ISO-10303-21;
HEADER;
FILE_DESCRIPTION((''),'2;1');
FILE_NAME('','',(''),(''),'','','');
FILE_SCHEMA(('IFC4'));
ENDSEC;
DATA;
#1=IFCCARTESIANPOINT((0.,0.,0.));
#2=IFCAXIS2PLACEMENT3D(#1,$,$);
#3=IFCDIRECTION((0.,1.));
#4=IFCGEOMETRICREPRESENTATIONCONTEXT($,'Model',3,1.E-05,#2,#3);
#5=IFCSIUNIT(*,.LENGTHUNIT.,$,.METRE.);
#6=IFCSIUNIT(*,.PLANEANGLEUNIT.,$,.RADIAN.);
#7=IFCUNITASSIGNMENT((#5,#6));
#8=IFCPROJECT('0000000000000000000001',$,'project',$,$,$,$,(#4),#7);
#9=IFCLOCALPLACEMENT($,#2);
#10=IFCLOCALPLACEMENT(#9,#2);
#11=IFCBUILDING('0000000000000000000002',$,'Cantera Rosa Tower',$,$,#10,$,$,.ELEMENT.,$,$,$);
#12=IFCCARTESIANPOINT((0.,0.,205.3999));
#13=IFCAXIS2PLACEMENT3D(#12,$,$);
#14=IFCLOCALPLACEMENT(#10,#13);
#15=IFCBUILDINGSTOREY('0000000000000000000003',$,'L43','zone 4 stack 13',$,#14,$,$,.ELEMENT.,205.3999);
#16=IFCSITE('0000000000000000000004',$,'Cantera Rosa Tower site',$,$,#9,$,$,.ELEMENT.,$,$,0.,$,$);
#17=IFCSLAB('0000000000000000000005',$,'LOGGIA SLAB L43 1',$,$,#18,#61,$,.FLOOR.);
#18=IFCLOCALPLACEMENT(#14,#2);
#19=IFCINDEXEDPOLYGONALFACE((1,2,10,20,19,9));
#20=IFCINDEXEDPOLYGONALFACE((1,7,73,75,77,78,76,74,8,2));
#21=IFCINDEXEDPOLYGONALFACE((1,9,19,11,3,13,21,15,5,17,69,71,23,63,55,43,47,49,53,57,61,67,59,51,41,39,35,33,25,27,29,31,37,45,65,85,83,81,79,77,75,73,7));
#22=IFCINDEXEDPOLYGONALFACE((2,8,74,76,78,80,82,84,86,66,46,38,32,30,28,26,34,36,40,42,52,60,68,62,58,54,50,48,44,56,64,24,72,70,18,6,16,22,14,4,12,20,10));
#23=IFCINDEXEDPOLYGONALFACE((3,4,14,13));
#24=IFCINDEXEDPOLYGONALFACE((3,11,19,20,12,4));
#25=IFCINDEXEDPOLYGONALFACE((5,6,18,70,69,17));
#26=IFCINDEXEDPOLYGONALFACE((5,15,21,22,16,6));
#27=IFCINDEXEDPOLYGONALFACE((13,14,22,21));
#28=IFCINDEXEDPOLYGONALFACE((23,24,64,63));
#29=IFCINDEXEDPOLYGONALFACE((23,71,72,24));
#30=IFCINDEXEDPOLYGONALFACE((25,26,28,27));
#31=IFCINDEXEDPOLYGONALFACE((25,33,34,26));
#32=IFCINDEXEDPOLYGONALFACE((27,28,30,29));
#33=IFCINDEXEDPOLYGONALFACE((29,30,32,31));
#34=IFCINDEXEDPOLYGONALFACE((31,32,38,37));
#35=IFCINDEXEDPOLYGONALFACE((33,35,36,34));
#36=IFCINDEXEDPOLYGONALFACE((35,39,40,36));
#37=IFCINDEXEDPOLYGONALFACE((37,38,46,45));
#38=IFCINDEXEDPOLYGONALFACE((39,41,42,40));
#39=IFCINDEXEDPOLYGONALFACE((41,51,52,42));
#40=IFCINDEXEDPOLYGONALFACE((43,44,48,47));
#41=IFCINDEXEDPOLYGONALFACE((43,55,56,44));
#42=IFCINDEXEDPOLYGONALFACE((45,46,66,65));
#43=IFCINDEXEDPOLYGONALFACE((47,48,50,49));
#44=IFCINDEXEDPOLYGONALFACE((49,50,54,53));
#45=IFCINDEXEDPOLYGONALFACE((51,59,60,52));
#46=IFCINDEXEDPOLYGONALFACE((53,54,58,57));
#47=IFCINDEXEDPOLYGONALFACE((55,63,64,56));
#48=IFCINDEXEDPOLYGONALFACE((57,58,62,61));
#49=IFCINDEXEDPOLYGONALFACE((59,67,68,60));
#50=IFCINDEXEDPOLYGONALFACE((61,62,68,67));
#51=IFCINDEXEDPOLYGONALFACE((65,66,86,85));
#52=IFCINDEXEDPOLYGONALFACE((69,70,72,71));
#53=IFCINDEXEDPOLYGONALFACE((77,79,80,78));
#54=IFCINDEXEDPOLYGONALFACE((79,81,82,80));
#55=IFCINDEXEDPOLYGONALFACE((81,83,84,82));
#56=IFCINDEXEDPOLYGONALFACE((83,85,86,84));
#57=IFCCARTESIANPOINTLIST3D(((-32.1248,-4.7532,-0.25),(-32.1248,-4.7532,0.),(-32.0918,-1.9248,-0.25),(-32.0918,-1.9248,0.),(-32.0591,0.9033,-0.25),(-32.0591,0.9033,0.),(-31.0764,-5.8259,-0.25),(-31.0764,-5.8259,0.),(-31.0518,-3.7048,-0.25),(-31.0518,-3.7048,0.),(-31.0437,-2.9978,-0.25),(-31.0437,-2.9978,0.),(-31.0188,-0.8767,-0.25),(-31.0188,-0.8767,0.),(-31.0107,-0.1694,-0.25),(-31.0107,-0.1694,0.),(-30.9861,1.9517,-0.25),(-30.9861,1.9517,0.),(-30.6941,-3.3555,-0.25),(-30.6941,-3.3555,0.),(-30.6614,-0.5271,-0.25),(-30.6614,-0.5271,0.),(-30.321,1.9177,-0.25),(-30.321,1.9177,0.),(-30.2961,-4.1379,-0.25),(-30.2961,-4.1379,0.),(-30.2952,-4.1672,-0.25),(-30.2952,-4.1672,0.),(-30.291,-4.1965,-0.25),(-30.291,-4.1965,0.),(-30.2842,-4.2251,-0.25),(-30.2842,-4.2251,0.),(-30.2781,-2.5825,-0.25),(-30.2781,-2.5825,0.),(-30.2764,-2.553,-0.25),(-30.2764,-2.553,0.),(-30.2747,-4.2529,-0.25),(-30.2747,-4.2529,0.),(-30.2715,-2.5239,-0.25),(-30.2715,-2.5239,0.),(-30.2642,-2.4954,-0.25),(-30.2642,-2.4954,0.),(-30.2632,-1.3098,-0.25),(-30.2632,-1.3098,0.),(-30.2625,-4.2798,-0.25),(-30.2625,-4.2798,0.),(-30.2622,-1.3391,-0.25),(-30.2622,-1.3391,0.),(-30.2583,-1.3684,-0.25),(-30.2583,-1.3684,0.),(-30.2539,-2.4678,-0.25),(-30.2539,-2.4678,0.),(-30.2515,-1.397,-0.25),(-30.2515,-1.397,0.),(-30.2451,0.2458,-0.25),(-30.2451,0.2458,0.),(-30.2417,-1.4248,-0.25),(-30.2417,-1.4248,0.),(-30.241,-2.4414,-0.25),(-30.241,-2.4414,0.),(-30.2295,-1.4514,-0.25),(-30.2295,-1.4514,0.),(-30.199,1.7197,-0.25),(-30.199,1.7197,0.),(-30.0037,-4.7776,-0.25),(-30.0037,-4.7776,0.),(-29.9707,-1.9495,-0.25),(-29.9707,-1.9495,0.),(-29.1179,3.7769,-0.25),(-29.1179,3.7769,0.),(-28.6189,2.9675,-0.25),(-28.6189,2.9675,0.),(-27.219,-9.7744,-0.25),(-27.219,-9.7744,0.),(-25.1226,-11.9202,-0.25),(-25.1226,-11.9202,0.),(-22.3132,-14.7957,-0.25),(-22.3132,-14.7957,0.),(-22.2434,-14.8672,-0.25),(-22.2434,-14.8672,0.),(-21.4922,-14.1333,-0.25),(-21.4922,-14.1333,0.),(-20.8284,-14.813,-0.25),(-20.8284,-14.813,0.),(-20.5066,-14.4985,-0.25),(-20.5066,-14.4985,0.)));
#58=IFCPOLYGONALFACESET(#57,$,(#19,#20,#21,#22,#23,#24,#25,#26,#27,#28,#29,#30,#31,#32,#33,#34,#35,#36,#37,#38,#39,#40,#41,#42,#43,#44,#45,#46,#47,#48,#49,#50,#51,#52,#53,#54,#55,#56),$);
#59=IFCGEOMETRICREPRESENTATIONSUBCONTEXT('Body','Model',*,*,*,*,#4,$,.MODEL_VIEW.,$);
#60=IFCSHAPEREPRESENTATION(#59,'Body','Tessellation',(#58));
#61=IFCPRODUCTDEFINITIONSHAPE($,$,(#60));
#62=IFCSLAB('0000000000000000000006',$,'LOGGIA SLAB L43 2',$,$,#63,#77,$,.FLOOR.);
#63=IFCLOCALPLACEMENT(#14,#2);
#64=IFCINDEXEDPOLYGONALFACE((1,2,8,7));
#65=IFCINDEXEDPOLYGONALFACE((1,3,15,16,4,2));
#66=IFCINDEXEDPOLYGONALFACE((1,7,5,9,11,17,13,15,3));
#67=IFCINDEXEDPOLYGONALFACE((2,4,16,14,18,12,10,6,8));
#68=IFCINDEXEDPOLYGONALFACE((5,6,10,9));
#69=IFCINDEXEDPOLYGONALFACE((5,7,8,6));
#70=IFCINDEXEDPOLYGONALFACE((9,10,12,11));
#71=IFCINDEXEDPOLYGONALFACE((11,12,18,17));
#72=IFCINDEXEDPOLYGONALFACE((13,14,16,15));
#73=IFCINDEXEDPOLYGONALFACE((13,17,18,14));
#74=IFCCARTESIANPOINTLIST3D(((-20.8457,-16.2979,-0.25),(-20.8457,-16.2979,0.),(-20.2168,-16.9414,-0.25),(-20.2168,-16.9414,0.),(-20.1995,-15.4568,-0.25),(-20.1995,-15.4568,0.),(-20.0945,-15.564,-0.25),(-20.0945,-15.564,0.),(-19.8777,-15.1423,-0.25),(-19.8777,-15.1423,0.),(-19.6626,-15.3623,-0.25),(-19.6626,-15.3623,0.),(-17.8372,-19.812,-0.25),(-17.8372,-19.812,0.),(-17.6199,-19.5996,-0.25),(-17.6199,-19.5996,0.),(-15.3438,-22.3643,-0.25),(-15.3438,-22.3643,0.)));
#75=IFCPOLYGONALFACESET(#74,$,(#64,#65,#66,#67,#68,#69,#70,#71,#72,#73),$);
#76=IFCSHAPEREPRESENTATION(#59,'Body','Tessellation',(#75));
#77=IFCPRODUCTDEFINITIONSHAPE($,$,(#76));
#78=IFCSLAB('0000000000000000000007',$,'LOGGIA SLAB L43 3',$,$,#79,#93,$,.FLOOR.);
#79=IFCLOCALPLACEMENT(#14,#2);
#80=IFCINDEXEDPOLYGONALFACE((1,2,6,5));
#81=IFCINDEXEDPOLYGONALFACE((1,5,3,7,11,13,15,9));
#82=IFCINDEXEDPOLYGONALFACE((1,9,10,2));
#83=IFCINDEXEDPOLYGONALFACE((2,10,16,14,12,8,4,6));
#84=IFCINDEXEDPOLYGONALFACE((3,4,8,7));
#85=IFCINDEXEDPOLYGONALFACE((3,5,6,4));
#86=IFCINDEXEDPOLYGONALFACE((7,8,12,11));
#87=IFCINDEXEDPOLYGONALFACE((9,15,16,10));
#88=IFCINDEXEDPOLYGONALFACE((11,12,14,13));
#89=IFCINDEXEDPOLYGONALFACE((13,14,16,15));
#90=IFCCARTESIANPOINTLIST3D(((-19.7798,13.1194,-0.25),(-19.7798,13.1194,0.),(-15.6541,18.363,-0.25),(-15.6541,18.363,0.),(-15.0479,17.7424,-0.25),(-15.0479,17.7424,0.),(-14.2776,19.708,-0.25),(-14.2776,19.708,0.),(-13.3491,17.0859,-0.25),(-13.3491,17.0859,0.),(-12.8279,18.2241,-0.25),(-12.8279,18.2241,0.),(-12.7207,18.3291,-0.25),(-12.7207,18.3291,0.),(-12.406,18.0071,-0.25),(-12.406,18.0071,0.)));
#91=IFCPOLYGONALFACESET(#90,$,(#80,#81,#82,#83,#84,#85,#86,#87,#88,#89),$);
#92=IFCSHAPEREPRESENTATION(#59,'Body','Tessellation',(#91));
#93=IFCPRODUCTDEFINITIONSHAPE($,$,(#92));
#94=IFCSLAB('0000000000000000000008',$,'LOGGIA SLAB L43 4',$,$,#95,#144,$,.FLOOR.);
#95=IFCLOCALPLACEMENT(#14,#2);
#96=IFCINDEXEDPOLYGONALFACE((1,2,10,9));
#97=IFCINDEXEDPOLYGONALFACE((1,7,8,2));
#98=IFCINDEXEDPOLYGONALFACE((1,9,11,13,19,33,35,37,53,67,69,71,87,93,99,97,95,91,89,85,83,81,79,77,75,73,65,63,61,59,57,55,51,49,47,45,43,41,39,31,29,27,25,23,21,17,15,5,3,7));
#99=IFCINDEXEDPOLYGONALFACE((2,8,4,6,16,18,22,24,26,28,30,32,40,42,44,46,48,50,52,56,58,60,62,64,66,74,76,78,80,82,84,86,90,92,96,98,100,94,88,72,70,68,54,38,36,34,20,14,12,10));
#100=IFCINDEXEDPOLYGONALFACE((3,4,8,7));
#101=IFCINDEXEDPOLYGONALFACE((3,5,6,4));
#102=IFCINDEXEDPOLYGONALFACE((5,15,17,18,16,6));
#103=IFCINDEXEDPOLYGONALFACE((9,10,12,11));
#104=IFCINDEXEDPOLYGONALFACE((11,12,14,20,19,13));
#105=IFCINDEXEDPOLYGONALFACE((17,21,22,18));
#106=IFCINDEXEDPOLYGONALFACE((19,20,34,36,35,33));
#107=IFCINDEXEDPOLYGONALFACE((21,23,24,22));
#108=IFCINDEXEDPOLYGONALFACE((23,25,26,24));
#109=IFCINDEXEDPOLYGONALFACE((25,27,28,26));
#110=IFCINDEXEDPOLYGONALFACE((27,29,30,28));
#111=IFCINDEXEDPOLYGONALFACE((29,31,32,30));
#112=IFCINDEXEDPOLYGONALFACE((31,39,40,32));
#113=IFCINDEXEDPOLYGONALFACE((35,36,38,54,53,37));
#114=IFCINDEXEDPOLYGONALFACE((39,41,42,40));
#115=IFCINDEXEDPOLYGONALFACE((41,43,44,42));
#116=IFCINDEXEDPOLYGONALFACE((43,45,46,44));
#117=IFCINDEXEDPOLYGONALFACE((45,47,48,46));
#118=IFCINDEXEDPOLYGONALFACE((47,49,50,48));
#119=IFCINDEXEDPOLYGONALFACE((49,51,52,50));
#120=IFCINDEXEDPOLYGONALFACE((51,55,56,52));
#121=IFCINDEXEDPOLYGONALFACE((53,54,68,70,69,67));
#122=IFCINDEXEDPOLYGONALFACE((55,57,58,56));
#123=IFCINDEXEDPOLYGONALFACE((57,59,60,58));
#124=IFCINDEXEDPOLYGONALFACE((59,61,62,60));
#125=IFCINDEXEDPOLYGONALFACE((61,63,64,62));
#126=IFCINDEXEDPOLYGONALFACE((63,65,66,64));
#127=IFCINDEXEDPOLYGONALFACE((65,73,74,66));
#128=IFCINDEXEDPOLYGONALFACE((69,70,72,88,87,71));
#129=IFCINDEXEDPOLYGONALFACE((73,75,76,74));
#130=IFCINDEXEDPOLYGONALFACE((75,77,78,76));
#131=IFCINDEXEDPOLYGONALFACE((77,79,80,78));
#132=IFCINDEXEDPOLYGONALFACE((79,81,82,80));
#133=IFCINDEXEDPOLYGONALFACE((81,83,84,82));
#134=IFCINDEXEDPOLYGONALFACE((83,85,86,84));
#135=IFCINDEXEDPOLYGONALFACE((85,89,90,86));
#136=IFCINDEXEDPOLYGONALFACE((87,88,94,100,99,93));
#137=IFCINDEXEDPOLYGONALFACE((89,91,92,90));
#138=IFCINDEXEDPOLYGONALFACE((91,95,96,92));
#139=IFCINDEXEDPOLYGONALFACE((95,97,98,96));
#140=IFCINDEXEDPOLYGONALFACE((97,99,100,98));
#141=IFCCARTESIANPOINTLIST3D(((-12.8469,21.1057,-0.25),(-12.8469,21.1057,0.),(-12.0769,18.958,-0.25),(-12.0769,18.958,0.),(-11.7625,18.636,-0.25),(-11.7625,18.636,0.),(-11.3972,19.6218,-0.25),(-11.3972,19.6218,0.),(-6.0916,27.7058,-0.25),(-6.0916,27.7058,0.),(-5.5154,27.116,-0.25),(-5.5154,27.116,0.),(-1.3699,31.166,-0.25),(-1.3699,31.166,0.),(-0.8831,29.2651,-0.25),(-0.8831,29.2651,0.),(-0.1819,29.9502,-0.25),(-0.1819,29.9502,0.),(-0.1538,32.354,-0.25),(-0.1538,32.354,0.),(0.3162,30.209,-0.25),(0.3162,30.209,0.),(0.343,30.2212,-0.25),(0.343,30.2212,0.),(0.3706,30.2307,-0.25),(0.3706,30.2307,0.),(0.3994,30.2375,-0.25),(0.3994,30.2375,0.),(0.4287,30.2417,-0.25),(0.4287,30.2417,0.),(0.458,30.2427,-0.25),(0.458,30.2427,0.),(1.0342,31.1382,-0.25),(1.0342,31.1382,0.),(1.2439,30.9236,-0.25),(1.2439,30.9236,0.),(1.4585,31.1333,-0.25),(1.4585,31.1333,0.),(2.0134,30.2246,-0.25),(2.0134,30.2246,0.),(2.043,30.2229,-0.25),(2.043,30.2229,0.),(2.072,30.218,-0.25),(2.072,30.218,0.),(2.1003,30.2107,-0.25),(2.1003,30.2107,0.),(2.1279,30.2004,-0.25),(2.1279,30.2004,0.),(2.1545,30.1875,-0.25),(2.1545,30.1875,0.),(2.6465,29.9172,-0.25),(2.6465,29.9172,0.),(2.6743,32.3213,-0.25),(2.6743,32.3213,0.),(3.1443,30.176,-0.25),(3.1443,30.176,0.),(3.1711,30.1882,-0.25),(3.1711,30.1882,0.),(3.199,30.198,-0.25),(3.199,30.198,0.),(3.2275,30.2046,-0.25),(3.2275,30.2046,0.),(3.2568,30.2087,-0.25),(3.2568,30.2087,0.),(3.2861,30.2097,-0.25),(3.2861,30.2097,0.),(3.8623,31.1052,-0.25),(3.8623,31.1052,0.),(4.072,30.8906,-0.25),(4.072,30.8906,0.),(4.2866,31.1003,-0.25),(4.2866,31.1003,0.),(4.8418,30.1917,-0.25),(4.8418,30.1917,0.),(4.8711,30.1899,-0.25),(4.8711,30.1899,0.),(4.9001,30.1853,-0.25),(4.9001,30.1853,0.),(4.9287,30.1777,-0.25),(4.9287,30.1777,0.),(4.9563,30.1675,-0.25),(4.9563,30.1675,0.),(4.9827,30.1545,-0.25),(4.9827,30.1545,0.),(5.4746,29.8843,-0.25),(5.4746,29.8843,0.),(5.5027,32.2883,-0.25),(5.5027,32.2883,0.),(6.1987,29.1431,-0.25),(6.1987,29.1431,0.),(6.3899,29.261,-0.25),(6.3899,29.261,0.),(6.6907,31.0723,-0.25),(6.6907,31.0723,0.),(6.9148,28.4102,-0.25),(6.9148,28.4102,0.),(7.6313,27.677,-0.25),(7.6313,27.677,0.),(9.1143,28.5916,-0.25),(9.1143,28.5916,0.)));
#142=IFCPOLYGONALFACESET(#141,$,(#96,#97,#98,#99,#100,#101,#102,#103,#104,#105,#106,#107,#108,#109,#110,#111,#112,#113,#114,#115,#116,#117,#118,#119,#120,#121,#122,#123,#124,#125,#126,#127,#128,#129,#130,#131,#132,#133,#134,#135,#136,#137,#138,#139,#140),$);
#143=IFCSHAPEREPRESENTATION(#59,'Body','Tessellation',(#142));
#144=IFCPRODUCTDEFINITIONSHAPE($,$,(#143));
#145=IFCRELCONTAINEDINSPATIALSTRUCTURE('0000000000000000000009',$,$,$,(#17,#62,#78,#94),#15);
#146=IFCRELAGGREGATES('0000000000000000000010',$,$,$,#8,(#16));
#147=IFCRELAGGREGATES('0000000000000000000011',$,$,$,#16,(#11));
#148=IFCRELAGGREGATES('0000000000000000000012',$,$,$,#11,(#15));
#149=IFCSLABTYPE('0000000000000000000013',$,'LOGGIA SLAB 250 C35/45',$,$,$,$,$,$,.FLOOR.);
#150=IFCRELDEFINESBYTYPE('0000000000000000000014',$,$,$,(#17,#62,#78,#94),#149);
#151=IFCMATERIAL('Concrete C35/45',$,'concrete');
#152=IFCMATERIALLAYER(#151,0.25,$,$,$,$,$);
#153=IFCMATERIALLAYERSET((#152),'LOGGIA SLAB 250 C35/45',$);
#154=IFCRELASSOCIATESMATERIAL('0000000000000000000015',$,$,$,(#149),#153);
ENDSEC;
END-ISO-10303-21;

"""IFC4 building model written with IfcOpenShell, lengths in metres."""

from ifc_helpers import new_model, si_unit, direction, frame, origin, place, context, subcontext, project, spatial, polyline, outline, extrude, material, layer, layer_set, type_object, element, save


model = new_model("IFC4")

# Units and contexts
model_context = context("Model", 3, precision=1e-05, world=origin(), true_north=direction((0.0, 1.0)))
body_context = subcontext(model_context, "Body", "Model", "MODEL_VIEW")
ifc_project = project(units=[si_unit("LENGTHUNIT", "METRE"), si_unit("PLANEANGLEUNIT", "RADIAN")], contexts=[model_context])

# Site, building, storey
site_placement = place(None, origin())
site = spatial("IfcSite", under=ifc_project, at=site_placement, Name="Cantera Rosa Tower site", CompositionType="ELEMENT", RefElevation=0.0)
building_placement = place(site_placement, origin())
building = spatial("IfcBuilding", under=site, at=building_placement, Name="Cantera Rosa Tower", CompositionType="ELEMENT")
storey_placement = place(building_placement, frame((0.0, 0.0, 205.3999)))
storey = spatial("IfcBuildingStorey", under=building, at=storey_placement, Name="L43", Description="zone 4 stack 13", CompositionType="ELEMENT", Elevation=205.3999)

# Slabs
ifc_material_1 = material(Name="Concrete C35/45", Category="concrete")
ifc_layer_1 = layer(ifc_material_1, 0.25)
ifc_layer_set_1 = layer_set([ifc_layer_1], Name="LOGGIA SLAB 250 C35/45")
slab_type_1 = type_object("IfcSlabType", Name="LOGGIA SLAB 250 C35/45", PredefinedType="FLOOR", material=ifc_layer_set_1)
slab_1_placement = place(storey_placement, frame((0.0, 0.0, -0.25)))
element("IfcSlab", 1, at=slab_1_placement, inside=storey, type_object=slab_type_1, Name="LOGGIA SLAB L43 1", PredefinedType="FLOOR", context=body_context, shape_type="SweptSolid", body=[
    extrude(outline(polyline([(-31.0518, -3.7048), (-30.6941, -3.3555), (-31.0437, -2.9978), (-32.0918, -1.9248), (-31.0188, -0.8767), (-30.6614, -0.5271), (-31.0107, -0.1694), (-32.0591, 0.9033), (-30.9861, 1.9517), (-29.1179, 3.7769), (-28.6189, 2.9675), (-30.321, 1.9177), (-30.199, 1.7197), (-30.2451, 0.2458), (-30.2632, -1.3098), (-30.2622, -1.3391), (-30.2583, -1.3684), (-30.2515, -1.397), (-30.2417, -1.4248), (-30.2295, -1.4514), (-29.9707, -1.9495), (-30.241, -2.4414), (-30.2539, -2.4678), (-30.2642, -2.4954), (-30.2715, -2.5239), (-30.2764, -2.553), (-30.2781, -2.5825), (-30.2961, -4.1379), (-30.2952, -4.1672), (-30.291, -4.1965), (-30.2842, -4.2251), (-30.2747, -4.2529), (-30.2625, -4.2798), (-30.0037, -4.7776), (-20.5066, -14.4985), (-20.8284, -14.813), (-21.4922, -14.1333), (-22.2434, -14.8672), (-22.3132, -14.7957), (-25.1226, -11.9202), (-27.219, -9.7744), (-31.0764, -5.8259), (-32.1248, -4.7532), (-31.0518, -3.7048)])), origin(), (0.0, 0.0, 1.0), 0.25),
])
slab_2_placement = place(storey_placement, frame((0.0, 0.0, -0.25)))
element("IfcSlab", 2, at=slab_2_placement, inside=storey, type_object=slab_type_1, Name="LOGGIA SLAB L43 2", PredefinedType="FLOOR", context=body_context, shape_type="SweptSolid", body=[
    extrude(outline(polyline([(-20.2168, -16.9414), (-20.8457, -16.2979), (-20.0945, -15.564), (-20.1995, -15.4568), (-19.8777, -15.1423), (-19.6626, -15.3623), (-15.3438, -22.3643), (-17.8372, -19.812), (-17.6199, -19.5996), (-20.2168, -16.9414)])), origin(), (0.0, 0.0, 1.0), 0.25),
])
slab_3_placement = place(storey_placement, frame((0.0, 0.0, -0.25)))
element("IfcSlab", 3, at=slab_3_placement, inside=storey, type_object=slab_type_1, Name="LOGGIA SLAB L43 3", PredefinedType="FLOOR", context=body_context, shape_type="SweptSolid", body=[
    extrude(outline(polyline([(-14.2776, 19.708), (-12.8279, 18.2241), (-12.7207, 18.3291), (-12.406, 18.0071), (-13.3491, 17.0859), (-19.7798, 13.1194), (-15.0479, 17.7424), (-15.6541, 18.363), (-14.2776, 19.708)])), origin(), (0.0, 0.0, 1.0), 0.25),
])
slab_4_placement = place(storey_placement, frame((0.0, 0.0, -0.25)))
element("IfcSlab", 4, at=slab_4_placement, inside=storey, type_object=slab_type_1, Name="LOGGIA SLAB L43 4", PredefinedType="FLOOR", context=body_context, shape_type="SweptSolid", body=[
    extrude(outline(polyline([(1.4585, 31.1333), (2.6743, 32.3213), (3.8623, 31.1052), (4.072, 30.8906), (4.2866, 31.1003), (5.5027, 32.2883), (6.6907, 31.0723), (9.1143, 28.5916), (7.6313, 27.677), (6.9148, 28.4102), (6.3899, 29.261), (6.1987, 29.1431), (5.4746, 29.8843), (4.9827, 30.1545), (4.9563, 30.1675), (4.9287, 30.1777), (4.9001, 30.1853), (4.8711, 30.1899), (4.8418, 30.1917), (3.2861, 30.2097), (3.2568, 30.2087), (3.2275, 30.2046), (3.199, 30.198), (3.1711, 30.1882), (3.1443, 30.176), (2.6465, 29.9172), (2.1545, 30.1875), (2.1279, 30.2004), (2.1003, 30.2107), (2.072, 30.218), (2.043, 30.2229), (2.0134, 30.2246), (0.458, 30.2427), (0.4287, 30.2417), (0.3994, 30.2375), (0.3706, 30.2307), (0.343, 30.2212), (0.3162, 30.209), (-0.1819, 29.9502), (-0.8831, 29.2651), (-11.7625, 18.636), (-12.0769, 18.958), (-11.3972, 19.6218), (-12.8469, 21.1057), (-6.0916, 27.7058), (-5.5154, 27.116), (-1.3699, 31.166), (-0.1538, 32.354), (1.0342, 31.1382), (1.2439, 30.9236), (1.4585, 31.1333)])), origin(), (0.0, 0.0, 1.0), 0.25),
])

save(model, "model.ifc")
